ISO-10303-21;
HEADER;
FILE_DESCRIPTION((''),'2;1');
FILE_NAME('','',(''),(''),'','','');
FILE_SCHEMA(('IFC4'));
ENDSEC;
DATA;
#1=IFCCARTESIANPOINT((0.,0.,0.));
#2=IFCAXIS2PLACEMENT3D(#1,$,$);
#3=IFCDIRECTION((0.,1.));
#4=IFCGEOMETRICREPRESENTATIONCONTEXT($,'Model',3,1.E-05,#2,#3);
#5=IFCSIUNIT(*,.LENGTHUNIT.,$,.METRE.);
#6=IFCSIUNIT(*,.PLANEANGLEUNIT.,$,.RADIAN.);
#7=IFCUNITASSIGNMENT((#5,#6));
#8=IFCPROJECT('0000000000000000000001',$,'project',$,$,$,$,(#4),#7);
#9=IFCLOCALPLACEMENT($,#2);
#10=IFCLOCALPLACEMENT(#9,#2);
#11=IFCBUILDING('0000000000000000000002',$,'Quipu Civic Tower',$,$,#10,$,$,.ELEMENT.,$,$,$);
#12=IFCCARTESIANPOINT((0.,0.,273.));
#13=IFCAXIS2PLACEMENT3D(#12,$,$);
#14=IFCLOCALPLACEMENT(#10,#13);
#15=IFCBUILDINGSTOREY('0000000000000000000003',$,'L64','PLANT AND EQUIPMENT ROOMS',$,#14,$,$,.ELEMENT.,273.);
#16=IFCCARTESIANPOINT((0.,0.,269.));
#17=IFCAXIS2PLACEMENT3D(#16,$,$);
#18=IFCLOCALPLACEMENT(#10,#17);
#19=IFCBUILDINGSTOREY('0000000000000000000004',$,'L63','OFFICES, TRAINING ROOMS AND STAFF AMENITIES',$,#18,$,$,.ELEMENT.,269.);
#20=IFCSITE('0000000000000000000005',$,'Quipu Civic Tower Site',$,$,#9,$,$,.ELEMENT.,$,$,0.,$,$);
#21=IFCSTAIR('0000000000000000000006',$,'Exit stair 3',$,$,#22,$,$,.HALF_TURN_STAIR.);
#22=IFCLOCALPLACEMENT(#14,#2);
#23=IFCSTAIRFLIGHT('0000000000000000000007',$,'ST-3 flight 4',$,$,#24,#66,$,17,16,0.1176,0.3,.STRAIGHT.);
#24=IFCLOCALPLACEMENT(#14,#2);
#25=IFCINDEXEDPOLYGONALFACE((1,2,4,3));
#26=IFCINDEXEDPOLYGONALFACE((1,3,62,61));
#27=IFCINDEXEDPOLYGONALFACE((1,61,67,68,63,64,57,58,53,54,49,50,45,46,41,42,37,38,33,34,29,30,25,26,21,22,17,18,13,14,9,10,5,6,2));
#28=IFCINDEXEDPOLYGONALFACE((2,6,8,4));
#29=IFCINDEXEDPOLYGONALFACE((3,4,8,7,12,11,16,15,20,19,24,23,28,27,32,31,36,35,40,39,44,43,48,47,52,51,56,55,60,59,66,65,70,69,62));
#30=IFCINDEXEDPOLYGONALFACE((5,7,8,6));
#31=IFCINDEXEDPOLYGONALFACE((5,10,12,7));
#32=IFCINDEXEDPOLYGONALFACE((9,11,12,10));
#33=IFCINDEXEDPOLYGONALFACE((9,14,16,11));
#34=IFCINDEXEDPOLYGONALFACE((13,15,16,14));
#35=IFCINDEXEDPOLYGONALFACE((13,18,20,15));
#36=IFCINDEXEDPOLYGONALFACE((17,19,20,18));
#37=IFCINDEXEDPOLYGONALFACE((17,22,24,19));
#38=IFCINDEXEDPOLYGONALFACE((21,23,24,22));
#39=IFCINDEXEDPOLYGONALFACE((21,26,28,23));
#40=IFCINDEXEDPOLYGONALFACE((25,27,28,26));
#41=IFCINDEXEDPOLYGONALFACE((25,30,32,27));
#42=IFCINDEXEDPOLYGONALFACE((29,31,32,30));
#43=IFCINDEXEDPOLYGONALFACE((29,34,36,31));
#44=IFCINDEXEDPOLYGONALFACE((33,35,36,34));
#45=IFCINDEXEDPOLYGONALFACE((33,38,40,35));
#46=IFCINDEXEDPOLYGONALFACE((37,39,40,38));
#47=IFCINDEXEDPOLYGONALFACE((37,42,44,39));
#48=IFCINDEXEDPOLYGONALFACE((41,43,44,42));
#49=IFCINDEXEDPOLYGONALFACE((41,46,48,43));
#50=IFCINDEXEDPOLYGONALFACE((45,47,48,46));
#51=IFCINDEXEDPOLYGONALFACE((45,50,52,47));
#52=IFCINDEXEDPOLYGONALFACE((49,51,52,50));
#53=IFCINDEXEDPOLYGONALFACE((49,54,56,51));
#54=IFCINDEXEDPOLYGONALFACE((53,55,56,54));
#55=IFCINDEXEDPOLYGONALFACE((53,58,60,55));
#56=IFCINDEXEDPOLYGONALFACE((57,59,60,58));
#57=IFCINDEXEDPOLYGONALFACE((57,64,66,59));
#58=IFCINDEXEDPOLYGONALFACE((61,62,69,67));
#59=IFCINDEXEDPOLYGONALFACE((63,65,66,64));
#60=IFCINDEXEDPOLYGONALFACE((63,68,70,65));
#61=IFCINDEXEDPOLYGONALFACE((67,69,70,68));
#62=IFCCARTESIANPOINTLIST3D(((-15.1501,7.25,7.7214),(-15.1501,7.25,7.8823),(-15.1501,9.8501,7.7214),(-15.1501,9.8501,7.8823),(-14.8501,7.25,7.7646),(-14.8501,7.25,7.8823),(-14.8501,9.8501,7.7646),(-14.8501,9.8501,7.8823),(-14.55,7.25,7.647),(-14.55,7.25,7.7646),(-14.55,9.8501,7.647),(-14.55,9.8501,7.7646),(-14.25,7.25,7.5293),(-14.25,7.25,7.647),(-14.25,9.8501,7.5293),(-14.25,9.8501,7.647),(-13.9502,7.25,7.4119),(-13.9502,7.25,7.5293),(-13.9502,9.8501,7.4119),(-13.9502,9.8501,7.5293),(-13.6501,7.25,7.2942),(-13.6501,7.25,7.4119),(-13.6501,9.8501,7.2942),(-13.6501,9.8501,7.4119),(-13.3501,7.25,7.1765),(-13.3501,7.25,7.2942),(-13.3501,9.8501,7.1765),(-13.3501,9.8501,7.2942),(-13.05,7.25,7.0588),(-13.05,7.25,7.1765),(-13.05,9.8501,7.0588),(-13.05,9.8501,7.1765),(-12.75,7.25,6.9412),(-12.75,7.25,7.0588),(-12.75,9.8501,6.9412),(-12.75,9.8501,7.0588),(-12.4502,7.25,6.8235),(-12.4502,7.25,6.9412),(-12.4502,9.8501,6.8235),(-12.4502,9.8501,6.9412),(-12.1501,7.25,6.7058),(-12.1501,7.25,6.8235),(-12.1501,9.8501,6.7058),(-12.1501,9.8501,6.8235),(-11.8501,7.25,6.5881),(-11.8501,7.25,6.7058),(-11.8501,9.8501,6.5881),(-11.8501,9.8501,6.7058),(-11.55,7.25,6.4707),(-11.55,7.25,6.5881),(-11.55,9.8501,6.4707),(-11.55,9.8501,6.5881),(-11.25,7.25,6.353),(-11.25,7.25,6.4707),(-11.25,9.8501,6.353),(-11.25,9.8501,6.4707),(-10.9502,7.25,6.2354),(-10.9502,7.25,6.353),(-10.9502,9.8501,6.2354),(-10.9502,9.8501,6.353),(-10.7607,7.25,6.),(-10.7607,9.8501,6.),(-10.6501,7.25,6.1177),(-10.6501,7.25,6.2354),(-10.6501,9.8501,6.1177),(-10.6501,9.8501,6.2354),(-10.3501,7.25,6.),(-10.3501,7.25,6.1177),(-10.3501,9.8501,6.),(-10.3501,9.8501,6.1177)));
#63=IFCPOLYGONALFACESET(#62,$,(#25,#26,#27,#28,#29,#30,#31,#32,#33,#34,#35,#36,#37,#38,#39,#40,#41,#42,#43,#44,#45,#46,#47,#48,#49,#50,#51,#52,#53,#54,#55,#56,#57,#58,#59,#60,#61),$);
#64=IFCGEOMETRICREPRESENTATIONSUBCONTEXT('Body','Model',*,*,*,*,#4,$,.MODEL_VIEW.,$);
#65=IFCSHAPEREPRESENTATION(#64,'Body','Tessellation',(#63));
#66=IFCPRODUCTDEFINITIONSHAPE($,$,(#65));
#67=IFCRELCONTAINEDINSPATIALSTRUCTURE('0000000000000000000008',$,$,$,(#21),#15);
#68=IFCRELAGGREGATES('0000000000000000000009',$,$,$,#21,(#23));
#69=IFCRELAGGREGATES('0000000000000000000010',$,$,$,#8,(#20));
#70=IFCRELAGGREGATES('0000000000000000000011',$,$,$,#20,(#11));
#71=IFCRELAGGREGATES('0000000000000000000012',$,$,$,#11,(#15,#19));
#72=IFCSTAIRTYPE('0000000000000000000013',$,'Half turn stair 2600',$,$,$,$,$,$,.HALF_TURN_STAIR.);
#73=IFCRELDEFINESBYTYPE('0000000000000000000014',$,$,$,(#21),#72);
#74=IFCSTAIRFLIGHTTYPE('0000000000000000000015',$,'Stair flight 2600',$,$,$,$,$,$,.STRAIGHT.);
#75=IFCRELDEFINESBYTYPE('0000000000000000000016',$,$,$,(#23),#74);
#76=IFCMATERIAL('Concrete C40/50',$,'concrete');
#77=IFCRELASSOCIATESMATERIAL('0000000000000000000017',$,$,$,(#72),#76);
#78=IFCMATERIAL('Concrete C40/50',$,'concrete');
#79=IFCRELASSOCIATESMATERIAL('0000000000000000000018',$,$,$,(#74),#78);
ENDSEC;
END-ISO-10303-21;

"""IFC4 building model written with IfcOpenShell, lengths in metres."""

from ifc_helpers import new_model, si_unit, direction, frame, origin, place, context, subcontext, project, spatial, polyline, outline, extrude, material, type_object, element, aggregate, save


model = new_model("IFC4")

# Units and contexts
model_context = context("Model", 3, precision=1e-05, world=origin(), true_north=direction((0.0, 1.0)))
body_context = subcontext(model_context, "Body", "Model", "MODEL_VIEW")
ifc_project = project(units=[si_unit("LENGTHUNIT", "METRE"), si_unit("PLANEANGLEUNIT", "RADIAN")], contexts=[model_context])

# Site, building, storey
site_placement = place(None, origin())
site = spatial("IfcSite", under=ifc_project, at=site_placement, Name="Quipu Civic Tower Site", CompositionType="ELEMENT", RefElevation=0.0)
building_placement = place(site_placement, origin())
building = spatial("IfcBuilding", under=site, at=building_placement, Name="Quipu Civic Tower", CompositionType="ELEMENT")
storey_1_placement = place(building_placement, frame((0.0, 0.0, 273.0)))
storey_1 = spatial("IfcBuildingStorey", under=building, at=storey_1_placement, Name="L64", Description="PLANT AND EQUIPMENT ROOMS", CompositionType="ELEMENT", Elevation=273.0)

# Shared definitions
storey_2_placement = place(building_placement, frame((0.0, 0.0, 269.0)))
storey_2 = spatial("IfcBuildingStorey", under=building, at=storey_2_placement, Name="L63", Description="OFFICES, TRAINING ROOMS AND STAFF AMENITIES", CompositionType="ELEMENT", Elevation=269.0)

# Stair, stair flight
ifc_material_1 = material(Name="Concrete C40/50", Category="concrete")
stair_type = type_object("IfcStairType", Name="Half turn stair 2600", PredefinedType="HALF_TURN_STAIR", material=ifc_material_1)
stair_placement = place(storey_1_placement, origin())
stair = element("IfcStair", 1, at=stair_placement, inside=storey_1, type_object=stair_type, Name="Exit stair 3", PredefinedType="HALF_TURN_STAIR")
ifc_material_2 = material(Name="Concrete C40/50", Category="concrete")
stair_flight_type = type_object("IfcStairFlightType", Name="Stair flight 2600", PredefinedType="STRAIGHT", material=ifc_material_2)
stair_flight_1_placement = place(storey_1_placement, frame((-10.3501, 8.55, 6.0), z_axis=(0.0, 0.0, 1.0), x_axis=(-1.0, 0.0, 0.0)))
stair_flight_1 = element("IfcStairFlight", 2, at=stair_flight_1_placement, type_object=stair_flight_type, Name="ST-3 flight 4", NumberOfRisers=17, NumberOfTreads=16, PredefinedType="STRAIGHT", RiserHeight=0.1176, TreadLength=0.3, context=body_context, shape_type="SweptSolid", body=[
    extrude(outline(polyline([(0.0, 0.0), (0.0, 0.1177), (0.3, 0.1177), (0.3, 0.2354), (0.6001, 0.2354), (0.6001, 0.353), (0.8999, 0.353), (0.8999, 0.4707), (1.2, 0.4707), (1.2, 0.5881), (1.5, 0.5881), (1.5, 0.7058), (1.8, 0.7058), (1.8, 0.8235), (2.1001, 0.8235), (2.1001, 0.9412), (2.3999, 0.9412), (2.3999, 1.0588), (2.7, 1.0588), (2.7, 1.1765), (3.0, 1.1765), (3.0, 1.2942), (3.3, 1.2942), (3.3, 1.4119), (3.6001, 1.4119), (3.6001, 1.5293), (3.8999, 1.5293), (3.8999, 1.647), (4.2, 1.647), (4.2, 1.7646), (4.5, 1.7646), (4.5, 1.8823), (4.8, 1.8823), (4.8, 2.0), (4.8, 1.7214), (0.4106, 0.0), (0.0, 0.0)])), frame((0.0, 1.3, 0.0), z_axis=(0.0, -1.0, 0.0), x_axis=(1.0, 0.0, 0.0)), (0.0, 0.0, 1.0), 2.6001),
])
aggregate(stair, [stair_flight_1])

save(model, "model.ifc")
